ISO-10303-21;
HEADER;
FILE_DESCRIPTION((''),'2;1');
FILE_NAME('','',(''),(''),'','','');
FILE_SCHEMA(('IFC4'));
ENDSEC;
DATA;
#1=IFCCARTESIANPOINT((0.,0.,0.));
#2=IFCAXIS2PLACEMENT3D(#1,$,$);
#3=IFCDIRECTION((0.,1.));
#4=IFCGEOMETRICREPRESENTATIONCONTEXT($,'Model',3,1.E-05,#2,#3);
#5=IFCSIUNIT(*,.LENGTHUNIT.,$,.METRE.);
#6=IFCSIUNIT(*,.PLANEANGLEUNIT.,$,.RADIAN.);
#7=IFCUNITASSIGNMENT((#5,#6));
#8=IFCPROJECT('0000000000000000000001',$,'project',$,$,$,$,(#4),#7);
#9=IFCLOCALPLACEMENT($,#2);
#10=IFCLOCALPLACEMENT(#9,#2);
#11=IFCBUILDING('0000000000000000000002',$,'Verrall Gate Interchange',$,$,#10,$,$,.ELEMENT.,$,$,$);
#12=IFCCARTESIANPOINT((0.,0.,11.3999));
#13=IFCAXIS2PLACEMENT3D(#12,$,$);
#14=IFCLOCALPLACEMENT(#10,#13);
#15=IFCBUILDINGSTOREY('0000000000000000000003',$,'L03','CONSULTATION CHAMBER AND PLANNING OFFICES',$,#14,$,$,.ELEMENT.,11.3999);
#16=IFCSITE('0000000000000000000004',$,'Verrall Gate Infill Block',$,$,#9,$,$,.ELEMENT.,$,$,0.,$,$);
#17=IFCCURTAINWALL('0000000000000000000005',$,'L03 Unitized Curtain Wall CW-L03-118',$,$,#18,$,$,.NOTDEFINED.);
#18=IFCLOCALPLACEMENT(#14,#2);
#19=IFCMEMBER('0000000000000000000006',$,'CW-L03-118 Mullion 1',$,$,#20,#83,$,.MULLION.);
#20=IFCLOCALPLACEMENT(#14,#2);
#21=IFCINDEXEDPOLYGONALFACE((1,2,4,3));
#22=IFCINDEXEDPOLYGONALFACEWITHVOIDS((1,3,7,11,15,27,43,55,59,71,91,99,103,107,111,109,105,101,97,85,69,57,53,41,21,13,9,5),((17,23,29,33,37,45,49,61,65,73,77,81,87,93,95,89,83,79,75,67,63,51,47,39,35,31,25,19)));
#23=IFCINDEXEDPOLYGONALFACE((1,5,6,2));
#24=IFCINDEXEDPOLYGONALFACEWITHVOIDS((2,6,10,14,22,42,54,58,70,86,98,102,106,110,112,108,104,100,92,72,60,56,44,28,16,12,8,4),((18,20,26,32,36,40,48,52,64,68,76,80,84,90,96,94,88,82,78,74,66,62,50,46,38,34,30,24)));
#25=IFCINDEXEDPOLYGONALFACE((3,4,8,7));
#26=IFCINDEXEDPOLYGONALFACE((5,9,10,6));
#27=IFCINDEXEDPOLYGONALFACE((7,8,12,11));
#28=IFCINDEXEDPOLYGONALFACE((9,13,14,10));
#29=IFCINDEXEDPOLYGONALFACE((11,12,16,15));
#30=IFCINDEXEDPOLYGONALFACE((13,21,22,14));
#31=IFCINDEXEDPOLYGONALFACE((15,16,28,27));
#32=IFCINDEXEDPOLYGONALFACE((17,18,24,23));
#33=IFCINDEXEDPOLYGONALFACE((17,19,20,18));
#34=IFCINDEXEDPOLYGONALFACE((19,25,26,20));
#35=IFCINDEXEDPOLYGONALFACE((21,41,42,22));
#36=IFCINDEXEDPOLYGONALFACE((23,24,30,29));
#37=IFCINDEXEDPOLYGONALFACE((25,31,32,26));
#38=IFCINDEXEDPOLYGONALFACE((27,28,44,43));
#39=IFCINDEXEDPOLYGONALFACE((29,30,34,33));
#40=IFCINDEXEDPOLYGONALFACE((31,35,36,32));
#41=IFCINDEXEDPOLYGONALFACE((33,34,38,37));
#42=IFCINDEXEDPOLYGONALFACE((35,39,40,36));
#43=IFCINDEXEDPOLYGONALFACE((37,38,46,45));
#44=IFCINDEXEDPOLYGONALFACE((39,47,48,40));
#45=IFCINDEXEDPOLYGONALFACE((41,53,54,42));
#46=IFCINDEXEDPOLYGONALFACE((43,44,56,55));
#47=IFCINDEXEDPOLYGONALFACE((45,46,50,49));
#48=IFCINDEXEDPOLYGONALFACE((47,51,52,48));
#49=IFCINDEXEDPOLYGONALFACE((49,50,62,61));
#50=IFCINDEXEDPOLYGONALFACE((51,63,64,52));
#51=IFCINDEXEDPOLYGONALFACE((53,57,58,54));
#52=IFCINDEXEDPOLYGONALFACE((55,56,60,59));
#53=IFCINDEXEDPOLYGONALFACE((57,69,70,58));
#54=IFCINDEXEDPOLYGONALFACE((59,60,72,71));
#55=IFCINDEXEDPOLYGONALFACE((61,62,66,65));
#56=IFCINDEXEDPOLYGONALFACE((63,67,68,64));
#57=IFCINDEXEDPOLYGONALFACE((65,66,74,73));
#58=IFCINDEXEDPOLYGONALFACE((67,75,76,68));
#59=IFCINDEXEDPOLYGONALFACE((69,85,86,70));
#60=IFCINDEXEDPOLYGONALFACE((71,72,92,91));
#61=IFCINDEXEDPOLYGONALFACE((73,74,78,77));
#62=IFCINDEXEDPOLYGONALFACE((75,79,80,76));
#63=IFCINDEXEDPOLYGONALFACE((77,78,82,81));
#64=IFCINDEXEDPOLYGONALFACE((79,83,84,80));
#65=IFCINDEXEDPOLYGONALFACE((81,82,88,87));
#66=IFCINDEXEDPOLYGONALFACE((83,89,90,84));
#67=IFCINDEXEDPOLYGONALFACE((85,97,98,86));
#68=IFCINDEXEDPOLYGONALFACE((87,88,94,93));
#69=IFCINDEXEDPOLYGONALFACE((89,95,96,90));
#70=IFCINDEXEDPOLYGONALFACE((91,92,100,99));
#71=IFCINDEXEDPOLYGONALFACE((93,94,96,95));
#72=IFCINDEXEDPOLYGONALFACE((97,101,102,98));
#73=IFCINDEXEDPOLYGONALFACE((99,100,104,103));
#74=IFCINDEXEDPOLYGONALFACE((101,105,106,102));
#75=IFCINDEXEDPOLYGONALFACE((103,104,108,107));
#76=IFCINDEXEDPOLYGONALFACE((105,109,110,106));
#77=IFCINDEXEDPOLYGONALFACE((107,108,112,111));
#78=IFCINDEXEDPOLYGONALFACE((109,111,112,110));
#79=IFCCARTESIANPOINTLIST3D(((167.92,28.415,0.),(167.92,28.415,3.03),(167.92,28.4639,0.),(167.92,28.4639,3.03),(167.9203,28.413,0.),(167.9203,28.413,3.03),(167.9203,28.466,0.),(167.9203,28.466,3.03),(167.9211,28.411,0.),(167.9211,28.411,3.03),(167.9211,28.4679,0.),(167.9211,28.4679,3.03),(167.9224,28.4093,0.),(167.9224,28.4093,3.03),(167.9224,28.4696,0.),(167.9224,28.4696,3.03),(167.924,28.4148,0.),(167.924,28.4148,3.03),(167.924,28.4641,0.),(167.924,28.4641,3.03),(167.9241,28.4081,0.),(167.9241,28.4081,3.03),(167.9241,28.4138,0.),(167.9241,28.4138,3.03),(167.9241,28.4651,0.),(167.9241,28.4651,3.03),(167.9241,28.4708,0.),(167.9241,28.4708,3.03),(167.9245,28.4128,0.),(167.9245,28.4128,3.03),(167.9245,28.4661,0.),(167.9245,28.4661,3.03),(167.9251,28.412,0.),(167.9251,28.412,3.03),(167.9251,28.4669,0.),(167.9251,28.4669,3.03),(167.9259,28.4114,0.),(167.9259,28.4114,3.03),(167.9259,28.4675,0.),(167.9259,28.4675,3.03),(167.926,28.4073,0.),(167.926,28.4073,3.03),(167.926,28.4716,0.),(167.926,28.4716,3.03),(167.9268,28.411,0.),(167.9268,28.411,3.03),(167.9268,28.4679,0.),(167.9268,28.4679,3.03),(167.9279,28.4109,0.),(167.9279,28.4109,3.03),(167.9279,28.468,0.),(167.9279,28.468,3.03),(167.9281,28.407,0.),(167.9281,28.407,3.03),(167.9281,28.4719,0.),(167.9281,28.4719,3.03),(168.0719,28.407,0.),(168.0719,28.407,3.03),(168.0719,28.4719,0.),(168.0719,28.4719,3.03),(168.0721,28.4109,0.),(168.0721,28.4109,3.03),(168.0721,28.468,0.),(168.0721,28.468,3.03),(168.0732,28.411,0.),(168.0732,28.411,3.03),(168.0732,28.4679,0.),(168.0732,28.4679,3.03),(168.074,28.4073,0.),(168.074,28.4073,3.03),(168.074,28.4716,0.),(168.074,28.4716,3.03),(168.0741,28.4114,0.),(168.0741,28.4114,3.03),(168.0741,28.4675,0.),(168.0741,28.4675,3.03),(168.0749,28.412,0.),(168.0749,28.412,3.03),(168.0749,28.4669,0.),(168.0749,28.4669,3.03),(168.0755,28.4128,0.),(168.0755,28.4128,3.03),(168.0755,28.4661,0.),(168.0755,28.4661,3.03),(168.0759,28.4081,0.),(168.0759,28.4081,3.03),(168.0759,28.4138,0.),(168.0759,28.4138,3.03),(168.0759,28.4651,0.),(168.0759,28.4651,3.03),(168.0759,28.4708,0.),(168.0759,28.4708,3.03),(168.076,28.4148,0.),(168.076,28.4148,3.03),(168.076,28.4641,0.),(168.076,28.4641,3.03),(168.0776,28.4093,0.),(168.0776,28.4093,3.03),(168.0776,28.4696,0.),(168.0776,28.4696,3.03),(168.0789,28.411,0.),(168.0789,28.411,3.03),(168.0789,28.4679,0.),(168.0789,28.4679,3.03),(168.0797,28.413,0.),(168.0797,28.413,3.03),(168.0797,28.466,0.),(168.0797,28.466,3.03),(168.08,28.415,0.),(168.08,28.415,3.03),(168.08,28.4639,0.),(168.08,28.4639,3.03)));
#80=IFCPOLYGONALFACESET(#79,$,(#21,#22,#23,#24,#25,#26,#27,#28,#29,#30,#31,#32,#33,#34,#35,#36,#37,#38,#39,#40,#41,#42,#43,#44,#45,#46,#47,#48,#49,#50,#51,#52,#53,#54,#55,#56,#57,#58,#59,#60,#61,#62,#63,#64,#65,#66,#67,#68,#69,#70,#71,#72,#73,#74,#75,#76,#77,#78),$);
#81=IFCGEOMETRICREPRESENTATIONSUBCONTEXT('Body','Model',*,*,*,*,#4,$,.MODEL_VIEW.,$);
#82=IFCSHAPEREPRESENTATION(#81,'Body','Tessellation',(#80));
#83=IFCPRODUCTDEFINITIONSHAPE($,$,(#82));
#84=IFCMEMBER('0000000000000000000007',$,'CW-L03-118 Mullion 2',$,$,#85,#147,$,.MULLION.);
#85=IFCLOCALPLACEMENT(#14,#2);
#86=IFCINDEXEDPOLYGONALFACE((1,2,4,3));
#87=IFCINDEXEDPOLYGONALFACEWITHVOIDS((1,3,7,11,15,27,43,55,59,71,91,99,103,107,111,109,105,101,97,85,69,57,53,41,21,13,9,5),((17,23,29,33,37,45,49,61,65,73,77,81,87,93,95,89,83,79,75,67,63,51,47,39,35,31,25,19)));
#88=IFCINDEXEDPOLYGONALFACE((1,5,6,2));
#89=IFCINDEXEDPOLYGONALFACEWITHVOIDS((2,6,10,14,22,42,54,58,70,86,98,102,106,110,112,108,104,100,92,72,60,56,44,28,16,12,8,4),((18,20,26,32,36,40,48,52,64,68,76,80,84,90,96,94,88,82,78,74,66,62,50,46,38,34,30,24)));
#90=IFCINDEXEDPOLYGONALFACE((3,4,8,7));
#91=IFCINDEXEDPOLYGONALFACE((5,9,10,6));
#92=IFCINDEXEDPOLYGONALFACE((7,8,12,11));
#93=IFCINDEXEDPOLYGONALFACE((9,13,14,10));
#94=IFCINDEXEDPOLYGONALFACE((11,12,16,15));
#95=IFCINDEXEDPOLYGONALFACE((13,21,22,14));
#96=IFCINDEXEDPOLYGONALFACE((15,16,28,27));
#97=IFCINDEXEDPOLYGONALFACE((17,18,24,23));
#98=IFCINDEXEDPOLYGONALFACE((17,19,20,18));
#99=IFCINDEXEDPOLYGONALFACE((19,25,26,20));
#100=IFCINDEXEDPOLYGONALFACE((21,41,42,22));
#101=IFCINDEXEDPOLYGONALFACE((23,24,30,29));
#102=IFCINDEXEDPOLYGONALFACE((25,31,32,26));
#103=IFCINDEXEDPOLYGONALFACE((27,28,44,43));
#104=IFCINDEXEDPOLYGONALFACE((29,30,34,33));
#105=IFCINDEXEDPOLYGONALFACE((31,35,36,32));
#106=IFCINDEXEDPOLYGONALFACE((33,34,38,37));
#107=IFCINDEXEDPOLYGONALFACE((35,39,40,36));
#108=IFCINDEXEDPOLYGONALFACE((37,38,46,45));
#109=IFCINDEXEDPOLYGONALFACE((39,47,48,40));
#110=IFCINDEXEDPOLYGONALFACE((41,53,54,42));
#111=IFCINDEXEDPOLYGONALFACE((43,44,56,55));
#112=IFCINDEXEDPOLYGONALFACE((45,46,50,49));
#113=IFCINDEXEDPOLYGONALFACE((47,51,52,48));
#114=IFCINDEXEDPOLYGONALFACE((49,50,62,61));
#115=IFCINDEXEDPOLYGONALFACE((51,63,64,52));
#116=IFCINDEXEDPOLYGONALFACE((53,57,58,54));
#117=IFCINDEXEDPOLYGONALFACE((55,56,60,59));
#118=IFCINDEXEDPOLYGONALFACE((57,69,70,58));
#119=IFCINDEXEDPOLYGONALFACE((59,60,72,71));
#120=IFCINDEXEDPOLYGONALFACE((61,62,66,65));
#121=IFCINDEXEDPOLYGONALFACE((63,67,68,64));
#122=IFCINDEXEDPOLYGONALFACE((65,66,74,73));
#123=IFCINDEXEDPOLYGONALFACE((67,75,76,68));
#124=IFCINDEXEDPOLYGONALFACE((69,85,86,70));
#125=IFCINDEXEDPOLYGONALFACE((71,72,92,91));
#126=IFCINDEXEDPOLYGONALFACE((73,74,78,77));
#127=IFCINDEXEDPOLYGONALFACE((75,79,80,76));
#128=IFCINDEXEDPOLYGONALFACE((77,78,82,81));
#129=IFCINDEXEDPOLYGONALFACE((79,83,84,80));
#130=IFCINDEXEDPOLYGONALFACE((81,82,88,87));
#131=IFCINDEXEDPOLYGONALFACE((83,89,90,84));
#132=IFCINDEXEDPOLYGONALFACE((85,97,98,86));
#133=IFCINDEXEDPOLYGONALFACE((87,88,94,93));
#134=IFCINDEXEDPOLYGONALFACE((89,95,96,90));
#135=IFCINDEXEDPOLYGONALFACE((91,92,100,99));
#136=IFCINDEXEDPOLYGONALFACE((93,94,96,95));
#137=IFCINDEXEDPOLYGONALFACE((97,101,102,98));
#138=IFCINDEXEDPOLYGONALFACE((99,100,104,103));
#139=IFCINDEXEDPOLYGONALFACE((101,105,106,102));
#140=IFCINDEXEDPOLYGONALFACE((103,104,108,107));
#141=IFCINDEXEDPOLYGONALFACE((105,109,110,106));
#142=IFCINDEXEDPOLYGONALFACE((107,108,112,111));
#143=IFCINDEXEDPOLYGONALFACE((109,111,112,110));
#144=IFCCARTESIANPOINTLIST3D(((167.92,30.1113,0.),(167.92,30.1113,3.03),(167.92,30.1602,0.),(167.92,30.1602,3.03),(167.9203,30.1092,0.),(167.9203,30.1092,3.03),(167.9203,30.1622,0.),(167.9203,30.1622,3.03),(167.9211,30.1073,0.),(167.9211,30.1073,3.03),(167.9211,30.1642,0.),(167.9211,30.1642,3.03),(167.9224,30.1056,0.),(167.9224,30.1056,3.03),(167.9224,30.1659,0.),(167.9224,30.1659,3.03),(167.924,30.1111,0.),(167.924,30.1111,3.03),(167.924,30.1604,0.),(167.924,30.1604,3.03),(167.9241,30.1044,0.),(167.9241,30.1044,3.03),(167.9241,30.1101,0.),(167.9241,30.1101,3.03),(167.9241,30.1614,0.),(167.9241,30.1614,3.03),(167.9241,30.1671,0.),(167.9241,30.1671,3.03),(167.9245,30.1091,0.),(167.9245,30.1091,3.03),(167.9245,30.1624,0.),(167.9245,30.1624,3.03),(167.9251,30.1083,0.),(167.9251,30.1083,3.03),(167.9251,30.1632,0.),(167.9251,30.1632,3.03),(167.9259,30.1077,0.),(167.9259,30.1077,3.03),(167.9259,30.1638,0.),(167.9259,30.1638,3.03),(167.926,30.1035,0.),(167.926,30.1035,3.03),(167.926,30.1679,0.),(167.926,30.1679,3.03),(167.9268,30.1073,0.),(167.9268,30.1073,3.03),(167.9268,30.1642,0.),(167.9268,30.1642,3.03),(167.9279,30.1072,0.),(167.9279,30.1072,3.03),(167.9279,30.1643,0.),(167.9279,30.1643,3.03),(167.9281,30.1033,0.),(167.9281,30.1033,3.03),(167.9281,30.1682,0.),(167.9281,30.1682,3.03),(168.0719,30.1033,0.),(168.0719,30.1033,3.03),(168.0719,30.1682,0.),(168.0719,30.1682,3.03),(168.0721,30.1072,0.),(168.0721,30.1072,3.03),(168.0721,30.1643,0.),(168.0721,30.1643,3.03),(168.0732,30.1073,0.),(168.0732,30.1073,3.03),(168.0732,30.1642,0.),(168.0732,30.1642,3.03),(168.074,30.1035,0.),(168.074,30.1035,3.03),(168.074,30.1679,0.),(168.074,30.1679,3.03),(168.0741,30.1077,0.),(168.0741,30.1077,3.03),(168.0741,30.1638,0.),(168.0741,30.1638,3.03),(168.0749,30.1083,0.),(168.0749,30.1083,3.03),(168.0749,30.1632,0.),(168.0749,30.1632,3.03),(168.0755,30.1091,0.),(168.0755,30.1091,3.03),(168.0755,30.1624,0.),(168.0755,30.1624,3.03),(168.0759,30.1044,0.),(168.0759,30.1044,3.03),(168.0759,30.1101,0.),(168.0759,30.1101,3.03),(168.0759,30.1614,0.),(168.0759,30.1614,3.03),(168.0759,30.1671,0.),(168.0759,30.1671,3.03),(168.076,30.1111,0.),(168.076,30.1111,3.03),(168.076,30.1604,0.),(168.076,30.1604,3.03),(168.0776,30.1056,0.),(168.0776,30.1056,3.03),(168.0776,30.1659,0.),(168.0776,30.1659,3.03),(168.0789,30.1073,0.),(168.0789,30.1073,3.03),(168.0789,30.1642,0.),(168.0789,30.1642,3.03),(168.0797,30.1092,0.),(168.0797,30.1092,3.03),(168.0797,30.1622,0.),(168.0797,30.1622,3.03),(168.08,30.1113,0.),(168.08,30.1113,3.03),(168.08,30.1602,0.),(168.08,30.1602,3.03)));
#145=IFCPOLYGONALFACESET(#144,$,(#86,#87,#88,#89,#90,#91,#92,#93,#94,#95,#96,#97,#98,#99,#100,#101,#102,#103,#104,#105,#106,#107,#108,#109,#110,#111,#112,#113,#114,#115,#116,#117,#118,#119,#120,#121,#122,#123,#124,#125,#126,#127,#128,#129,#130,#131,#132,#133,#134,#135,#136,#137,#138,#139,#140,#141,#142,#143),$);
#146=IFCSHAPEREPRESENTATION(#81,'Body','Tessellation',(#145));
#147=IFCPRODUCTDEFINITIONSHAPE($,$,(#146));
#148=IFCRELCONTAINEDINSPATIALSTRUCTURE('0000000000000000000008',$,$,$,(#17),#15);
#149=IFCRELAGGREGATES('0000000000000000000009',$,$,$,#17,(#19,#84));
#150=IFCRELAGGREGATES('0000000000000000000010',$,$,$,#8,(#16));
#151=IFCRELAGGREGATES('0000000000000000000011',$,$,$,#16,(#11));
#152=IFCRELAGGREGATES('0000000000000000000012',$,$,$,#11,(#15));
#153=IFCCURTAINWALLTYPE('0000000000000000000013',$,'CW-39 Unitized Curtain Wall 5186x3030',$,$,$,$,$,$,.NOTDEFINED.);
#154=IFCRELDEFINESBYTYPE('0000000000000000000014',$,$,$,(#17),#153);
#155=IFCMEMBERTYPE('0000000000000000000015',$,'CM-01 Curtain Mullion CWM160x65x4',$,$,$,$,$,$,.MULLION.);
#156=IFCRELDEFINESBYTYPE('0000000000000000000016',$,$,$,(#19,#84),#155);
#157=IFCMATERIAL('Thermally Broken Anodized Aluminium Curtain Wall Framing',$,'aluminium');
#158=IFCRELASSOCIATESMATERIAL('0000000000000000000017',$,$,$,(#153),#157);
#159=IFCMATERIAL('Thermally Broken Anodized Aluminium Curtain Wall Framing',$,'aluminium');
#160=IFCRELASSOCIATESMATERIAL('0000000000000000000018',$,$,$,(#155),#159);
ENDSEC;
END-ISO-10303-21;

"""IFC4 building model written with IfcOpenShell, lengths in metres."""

from ifc_helpers import new_model, si_unit, direction, frame, origin, origin_2d, place, context, subcontext, project, spatial, hollow_rectangle, extrude, material, material_profile, profile_set, type_object, element, aggregate, save


model = new_model("IFC4")

# Units and contexts
model_context = context("Model", 3, precision=1e-05, world=origin(), true_north=direction((0.0, 1.0)))
body_context = subcontext(model_context, "Body", "Model", "MODEL_VIEW")
ifc_project = project(units=[si_unit("LENGTHUNIT", "METRE"), si_unit("PLANEANGLEUNIT", "RADIAN")], contexts=[model_context])

# Site, building, storey
site_placement = place(None, origin())
site = spatial("IfcSite", under=ifc_project, at=site_placement, Name="Verrall Gate Infill Block", CompositionType="ELEMENT", RefElevation=0.0)
building_placement = place(site_placement, origin())
building = spatial("IfcBuilding", under=site, at=building_placement, Name="Verrall Gate Interchange", CompositionType="ELEMENT")
storey_placement = place(building_placement, frame((0.0, 0.0, 11.3999)))
storey = spatial("IfcBuildingStorey", under=building, at=storey_placement, Name="L03", Description="CONSULTATION CHAMBER AND PLANNING OFFICES", CompositionType="ELEMENT", Elevation=11.3999)

# Curtain wall, members
ifc_material_1 = material(Name="Thermally Broken Anodized Aluminium Curtain Wall Framing", Category="aluminium")
curtain_wall_type_1 = type_object("IfcCurtainWallType", Name="CW-39 Unitized Curtain Wall 5186x3030", PredefinedType="NOTDEFINED", material=ifc_material_1)
curtain_wall_1_placement = place(storey_placement, origin())
curtain_wall_1 = element("IfcCurtainWall", 1, at=curtain_wall_1_placement, inside=storey, type_object=curtain_wall_type_1, Name="L03 Unitized Curtain Wall CW-L03-118", PredefinedType="NOTDEFINED")
ifc_material_2 = material(Name="Thermally Broken Anodized Aluminium Curtain Wall Framing", Category="aluminium")
ifc_material_profile_1 = material_profile(ifc_material_2, hollow_rectangle(XDim=0.0649, YDim=0.1599, WallThickness=0.0039, InnerFilletRadius=0.0039, OuterFilletRadius=0.0081, at=origin_2d()), Name="CWM160x65x4")
ifc_profile_set_1 = profile_set([ifc_material_profile_1], Name="Thermally Broken Anodized Aluminium Curtain Wall Framing")
member_type_1 = type_object("IfcMemberType", Name="CM-01 Curtain Mullion CWM160x65x4", PredefinedType="MULLION", material=ifc_profile_set_1)
member_1_placement = place(storey_placement, frame((168.0, 28.4395, 0.0), z_axis=(0.0, 0.0, 1.0), x_axis=(0.0, 1.0, 0.0)))
member_1 = element("IfcMember", 2, at=member_1_placement, type_object=member_type_1, Name="CW-L03-118 Mullion 1", PredefinedType="MULLION", context=body_context, shape_type="SweptSolid", body=[
    extrude(hollow_rectangle(XDim=0.0649, YDim=0.1599, WallThickness=0.0039, InnerFilletRadius=0.0039, OuterFilletRadius=0.0081, at=origin_2d()), origin(), (0.0, 0.0, 1.0), 3.03),
])
member_2_placement = place(storey_placement, frame((168.0, 30.1357, 0.0), z_axis=(0.0, 0.0, 1.0), x_axis=(0.0, 1.0, 0.0)))
member_2 = element("IfcMember", 3, at=member_2_placement, type_object=member_type_1, Name="CW-L03-118 Mullion 2", PredefinedType="MULLION", context=body_context, shape_type="SweptSolid", body=[
    extrude(hollow_rectangle(XDim=0.0649, YDim=0.1599, WallThickness=0.0039, InnerFilletRadius=0.0039, OuterFilletRadius=0.0081, at=origin_2d()), origin(), (0.0, 0.0, 1.0), 3.03),
])

aggregate(curtain_wall_1, [member_1, member_2])

save(model, "model.ifc")
